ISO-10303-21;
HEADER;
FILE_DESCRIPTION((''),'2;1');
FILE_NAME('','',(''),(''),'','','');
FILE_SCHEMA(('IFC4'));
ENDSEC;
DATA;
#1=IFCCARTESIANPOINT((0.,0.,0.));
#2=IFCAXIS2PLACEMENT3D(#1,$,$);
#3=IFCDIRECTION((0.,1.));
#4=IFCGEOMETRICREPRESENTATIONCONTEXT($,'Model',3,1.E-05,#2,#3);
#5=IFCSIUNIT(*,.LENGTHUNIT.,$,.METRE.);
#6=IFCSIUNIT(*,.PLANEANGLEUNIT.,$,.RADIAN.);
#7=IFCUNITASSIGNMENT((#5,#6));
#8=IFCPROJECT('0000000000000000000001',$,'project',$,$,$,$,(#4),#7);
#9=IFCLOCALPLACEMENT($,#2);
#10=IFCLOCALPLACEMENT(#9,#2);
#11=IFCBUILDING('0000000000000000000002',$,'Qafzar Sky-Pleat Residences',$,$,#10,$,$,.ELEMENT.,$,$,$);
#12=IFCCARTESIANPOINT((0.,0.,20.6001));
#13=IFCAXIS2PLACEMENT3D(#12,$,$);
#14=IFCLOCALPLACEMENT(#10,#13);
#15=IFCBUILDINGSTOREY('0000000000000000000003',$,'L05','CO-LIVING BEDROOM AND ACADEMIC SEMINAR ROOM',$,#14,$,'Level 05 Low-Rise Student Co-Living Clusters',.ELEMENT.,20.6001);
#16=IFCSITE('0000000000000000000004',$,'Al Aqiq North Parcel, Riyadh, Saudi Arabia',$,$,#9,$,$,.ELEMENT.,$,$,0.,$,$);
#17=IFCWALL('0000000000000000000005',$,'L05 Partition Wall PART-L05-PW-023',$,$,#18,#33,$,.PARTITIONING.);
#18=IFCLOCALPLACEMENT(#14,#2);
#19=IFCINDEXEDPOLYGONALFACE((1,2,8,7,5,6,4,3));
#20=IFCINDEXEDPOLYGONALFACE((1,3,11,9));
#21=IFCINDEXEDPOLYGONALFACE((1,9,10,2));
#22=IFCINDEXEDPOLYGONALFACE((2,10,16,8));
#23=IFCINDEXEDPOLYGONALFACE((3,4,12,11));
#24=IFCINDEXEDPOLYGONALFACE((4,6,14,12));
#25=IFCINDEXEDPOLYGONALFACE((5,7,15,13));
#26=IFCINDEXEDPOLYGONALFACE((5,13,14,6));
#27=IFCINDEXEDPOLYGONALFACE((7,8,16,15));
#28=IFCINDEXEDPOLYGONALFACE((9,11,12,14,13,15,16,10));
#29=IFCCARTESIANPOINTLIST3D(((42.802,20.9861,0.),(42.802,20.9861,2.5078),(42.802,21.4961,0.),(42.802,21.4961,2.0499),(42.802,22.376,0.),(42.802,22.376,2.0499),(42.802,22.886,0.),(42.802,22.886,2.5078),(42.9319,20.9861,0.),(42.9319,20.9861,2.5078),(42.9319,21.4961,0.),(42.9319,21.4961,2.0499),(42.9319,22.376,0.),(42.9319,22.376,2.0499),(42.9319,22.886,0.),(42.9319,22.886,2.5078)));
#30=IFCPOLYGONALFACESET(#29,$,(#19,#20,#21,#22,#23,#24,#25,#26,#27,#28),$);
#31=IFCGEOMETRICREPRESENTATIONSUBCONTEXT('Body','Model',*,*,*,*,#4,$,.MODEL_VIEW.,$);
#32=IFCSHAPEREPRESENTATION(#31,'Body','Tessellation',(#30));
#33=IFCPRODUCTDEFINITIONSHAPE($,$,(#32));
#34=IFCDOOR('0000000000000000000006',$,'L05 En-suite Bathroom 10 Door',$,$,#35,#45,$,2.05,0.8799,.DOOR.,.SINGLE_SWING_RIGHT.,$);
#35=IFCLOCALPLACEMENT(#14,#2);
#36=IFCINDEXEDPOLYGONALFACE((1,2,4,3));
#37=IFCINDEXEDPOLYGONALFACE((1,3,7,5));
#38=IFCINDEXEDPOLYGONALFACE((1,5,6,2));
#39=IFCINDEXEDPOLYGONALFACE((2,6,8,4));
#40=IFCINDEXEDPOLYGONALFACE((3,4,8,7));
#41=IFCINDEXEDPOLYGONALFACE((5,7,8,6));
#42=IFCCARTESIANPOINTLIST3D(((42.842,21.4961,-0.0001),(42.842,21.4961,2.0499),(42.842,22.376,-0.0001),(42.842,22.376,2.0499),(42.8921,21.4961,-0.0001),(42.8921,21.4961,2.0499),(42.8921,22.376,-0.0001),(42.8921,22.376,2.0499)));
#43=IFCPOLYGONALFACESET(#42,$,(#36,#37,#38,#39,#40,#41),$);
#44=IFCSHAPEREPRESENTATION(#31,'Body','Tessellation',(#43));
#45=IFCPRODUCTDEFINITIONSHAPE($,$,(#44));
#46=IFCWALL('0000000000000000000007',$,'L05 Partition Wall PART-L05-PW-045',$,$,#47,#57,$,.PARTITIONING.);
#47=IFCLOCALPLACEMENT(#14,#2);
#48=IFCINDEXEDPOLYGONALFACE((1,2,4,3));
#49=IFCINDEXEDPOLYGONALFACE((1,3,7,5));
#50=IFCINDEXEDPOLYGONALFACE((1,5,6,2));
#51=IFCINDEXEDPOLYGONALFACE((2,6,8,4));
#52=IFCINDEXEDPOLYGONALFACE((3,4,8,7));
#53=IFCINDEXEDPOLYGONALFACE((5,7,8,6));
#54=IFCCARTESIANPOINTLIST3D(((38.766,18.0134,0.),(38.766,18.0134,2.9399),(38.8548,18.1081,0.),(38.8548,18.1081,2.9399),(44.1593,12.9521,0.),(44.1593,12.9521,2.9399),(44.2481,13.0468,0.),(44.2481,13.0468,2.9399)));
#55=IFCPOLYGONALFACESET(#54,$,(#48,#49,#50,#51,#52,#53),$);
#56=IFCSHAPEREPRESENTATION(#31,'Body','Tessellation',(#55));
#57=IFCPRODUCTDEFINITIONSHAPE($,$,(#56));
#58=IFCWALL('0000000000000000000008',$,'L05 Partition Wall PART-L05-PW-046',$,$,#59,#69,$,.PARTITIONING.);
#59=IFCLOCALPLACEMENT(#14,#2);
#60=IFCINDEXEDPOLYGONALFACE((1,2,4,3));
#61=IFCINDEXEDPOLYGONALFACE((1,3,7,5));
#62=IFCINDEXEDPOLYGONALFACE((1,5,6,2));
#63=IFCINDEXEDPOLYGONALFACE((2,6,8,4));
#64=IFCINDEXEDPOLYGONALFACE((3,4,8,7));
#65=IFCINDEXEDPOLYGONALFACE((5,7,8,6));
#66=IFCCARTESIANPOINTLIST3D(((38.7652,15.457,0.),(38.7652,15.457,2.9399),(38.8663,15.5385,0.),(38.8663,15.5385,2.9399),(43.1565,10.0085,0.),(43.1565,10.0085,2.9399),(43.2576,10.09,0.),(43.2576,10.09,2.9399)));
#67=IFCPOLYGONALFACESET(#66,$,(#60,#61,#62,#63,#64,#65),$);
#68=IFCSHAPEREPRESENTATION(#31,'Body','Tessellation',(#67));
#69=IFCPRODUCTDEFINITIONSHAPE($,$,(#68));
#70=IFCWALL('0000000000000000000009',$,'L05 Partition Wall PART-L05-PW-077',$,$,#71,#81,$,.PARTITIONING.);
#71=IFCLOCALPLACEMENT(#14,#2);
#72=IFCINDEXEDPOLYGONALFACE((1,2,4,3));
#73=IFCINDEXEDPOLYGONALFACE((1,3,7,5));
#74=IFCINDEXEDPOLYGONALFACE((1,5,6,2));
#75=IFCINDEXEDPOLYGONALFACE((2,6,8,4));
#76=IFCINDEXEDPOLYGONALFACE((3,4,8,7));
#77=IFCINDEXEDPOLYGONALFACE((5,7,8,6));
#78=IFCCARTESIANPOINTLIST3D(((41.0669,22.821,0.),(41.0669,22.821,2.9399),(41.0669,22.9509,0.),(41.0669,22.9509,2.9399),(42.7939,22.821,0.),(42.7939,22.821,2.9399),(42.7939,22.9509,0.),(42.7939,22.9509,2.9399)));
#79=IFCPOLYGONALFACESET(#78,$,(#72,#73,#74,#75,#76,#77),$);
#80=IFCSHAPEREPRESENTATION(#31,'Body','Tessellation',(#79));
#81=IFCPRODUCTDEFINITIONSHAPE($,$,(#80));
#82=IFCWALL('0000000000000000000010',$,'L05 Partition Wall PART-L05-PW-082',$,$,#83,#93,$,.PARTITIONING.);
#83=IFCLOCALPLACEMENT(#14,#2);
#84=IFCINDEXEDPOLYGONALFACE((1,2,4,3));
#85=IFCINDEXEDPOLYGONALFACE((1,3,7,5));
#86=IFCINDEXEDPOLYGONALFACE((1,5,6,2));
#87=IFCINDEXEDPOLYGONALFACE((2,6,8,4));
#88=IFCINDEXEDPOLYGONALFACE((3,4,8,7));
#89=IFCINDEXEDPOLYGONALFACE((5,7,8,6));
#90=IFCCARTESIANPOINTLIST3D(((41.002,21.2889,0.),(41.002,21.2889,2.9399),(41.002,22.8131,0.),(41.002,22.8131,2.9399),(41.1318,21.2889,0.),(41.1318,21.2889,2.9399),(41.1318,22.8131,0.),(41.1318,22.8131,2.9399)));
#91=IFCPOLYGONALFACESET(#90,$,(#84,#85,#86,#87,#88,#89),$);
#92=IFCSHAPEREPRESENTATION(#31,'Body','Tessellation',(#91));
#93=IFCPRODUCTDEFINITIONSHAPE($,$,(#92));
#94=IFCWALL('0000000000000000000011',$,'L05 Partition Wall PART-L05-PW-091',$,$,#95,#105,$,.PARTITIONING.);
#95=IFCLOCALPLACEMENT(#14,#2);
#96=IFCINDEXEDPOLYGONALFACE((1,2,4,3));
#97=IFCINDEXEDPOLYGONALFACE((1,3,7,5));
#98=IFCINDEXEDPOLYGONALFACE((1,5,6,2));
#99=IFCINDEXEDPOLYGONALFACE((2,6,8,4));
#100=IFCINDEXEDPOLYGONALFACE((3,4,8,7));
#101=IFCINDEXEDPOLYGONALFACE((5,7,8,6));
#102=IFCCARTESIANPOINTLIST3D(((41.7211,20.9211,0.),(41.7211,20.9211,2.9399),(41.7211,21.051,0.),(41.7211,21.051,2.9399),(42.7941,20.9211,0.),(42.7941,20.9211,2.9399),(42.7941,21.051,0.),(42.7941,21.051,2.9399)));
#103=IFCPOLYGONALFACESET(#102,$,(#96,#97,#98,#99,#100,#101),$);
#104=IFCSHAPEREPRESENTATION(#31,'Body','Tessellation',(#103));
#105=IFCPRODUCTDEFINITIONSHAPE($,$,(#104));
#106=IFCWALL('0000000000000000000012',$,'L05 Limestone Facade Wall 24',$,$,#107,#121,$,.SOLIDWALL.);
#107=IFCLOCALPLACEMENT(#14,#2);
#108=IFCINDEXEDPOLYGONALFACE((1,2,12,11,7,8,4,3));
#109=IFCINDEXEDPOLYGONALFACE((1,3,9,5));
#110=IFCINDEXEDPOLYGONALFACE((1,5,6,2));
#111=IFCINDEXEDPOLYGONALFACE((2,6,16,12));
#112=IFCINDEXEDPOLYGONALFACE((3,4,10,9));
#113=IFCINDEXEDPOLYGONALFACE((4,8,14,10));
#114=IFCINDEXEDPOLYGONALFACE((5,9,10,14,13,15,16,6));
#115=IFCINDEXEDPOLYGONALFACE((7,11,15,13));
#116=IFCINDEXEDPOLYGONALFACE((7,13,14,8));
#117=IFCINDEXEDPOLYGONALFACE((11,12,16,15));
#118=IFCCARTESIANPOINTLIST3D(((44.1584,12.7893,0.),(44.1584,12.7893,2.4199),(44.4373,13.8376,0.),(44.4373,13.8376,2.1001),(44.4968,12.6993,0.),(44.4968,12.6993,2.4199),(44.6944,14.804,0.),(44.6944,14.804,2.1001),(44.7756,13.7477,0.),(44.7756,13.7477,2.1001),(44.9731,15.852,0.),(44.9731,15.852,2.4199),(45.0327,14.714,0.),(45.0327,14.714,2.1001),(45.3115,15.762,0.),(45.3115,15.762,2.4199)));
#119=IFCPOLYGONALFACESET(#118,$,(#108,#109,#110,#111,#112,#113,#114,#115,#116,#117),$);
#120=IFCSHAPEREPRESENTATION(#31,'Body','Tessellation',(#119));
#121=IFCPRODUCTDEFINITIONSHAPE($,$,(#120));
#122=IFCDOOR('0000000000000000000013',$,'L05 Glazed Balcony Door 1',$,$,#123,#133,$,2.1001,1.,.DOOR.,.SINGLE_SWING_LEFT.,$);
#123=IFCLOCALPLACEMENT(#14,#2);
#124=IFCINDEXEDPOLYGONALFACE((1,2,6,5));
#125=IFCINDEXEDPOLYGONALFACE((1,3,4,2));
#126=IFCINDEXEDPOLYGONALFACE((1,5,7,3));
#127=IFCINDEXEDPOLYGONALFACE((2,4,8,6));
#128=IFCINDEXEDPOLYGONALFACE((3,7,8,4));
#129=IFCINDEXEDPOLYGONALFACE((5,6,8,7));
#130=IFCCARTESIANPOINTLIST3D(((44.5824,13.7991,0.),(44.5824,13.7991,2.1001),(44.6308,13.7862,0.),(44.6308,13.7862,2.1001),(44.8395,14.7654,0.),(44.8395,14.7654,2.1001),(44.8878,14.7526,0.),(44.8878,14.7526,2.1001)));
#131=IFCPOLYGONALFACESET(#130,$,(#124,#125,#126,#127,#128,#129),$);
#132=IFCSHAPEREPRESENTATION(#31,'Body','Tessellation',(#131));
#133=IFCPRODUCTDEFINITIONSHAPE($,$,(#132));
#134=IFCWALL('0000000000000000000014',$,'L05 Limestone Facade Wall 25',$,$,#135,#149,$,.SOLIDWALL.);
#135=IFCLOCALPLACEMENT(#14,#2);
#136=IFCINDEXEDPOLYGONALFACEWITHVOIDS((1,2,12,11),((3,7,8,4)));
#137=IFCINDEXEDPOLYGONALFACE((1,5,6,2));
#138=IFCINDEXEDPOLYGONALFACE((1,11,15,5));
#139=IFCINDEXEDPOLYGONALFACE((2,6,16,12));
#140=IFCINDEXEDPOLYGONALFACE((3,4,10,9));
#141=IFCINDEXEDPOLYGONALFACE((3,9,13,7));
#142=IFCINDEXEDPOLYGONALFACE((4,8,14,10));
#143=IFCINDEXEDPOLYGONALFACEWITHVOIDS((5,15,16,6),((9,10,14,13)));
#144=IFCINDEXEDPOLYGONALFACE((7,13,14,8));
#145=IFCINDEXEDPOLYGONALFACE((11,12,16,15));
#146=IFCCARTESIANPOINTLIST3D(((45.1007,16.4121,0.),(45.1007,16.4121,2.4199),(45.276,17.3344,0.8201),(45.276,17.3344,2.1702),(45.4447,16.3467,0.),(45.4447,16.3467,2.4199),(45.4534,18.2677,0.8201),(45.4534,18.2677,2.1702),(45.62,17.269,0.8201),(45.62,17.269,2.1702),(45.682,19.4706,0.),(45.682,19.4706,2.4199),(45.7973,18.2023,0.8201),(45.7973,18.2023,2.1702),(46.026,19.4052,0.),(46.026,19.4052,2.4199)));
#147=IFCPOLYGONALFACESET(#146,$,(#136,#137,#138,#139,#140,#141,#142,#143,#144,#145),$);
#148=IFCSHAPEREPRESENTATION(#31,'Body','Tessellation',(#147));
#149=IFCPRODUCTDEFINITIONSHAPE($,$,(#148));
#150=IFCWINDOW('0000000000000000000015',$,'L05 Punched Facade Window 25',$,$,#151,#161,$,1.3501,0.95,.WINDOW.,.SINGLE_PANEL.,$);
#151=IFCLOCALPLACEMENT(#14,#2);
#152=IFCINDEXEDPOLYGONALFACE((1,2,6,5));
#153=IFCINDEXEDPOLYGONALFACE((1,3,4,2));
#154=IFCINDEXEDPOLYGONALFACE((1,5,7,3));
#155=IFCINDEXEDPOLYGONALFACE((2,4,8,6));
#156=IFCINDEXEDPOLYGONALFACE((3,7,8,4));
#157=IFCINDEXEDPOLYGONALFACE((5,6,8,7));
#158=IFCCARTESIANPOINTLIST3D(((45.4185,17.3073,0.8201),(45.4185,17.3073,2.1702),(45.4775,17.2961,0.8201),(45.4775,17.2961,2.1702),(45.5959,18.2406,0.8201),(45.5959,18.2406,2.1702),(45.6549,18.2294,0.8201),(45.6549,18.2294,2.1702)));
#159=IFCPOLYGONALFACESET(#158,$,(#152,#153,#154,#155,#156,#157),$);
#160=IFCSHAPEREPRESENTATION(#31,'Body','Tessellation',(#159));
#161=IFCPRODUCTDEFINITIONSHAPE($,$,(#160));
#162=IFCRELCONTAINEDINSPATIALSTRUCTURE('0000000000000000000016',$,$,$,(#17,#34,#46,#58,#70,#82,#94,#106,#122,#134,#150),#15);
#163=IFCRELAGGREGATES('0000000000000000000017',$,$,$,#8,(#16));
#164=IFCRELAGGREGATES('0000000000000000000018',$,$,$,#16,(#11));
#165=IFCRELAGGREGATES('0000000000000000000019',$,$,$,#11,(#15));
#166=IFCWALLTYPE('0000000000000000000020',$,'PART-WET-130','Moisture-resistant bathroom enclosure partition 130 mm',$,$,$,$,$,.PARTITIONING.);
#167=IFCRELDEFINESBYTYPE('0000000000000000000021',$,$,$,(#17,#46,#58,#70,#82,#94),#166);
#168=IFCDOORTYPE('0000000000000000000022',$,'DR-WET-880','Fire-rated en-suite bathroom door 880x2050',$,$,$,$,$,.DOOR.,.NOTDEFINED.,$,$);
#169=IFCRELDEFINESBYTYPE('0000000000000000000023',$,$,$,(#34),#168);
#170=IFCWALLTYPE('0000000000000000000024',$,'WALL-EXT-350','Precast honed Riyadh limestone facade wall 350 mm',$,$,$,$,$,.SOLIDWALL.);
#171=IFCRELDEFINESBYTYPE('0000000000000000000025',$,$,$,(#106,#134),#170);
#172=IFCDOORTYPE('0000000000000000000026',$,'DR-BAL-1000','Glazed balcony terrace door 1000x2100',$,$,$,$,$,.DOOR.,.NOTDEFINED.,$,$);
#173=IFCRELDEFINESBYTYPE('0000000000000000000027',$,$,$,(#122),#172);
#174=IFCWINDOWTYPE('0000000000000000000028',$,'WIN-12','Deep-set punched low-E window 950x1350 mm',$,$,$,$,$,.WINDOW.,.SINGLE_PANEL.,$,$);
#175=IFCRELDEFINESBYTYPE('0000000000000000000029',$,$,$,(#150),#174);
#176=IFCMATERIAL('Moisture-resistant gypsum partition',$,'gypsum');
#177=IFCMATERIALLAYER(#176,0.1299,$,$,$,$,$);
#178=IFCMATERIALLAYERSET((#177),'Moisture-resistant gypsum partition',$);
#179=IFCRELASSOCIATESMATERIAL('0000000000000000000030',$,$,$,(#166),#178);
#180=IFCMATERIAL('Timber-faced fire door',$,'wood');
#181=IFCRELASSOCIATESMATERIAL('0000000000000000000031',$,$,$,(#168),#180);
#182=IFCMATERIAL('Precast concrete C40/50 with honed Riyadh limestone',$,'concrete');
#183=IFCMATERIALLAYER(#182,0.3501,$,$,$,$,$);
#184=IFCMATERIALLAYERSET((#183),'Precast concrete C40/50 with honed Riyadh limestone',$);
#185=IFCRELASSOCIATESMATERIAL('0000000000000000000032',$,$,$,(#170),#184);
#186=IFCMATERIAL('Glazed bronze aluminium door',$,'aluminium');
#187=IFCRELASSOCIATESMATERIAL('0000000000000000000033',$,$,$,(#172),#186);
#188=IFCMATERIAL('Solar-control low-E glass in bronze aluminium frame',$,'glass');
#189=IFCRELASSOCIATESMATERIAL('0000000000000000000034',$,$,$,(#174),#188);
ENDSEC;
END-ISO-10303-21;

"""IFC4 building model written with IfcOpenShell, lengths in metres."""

from ifc_helpers import new_model, si_unit, direction, frame, frame_2d, origin, place, context, subcontext, project, spatial, rectangle, extrude, source, transform, mapped, material, layer, layer_set, type_object, element, fill, save


model = new_model("IFC4")

# Units and contexts
model_context = context("Model", 3, precision=1e-05, world=origin(), true_north=direction((0.0, 1.0)))
body_context = subcontext(model_context, "Body", "Model", "MODEL_VIEW")
ifc_project = project(units=[si_unit("LENGTHUNIT", "METRE"), si_unit("PLANEANGLEUNIT", "RADIAN")], contexts=[model_context])

# Site, building, storey
site_placement = place(None, origin())
site = spatial("IfcSite", under=ifc_project, at=site_placement, Name="Al Aqiq North Parcel, Riyadh, Saudi Arabia", CompositionType="ELEMENT", RefElevation=0.0)
building_placement = place(site_placement, origin())
building = spatial("IfcBuilding", under=site, at=building_placement, Name="Qafzar Sky-Pleat Residences", CompositionType="ELEMENT")
storey_placement = place(building_placement, frame((0.0, 0.0, 20.6001)))
storey = spatial("IfcBuildingStorey", under=building, at=storey_placement, Name="L05", Description="CO-LIVING BEDROOM AND ACADEMIC SEMINAR ROOM", LongName="Level 05 Low-Rise Student Co-Living Clusters", CompositionType="ELEMENT", Elevation=20.6001)

# Wall, opening, door
ifc_material_1 = material(Name="Moisture-resistant gypsum partition", Category="gypsum")
ifc_layer_1 = layer(ifc_material_1, 0.1299)
ifc_layer_set_1 = layer_set([ifc_layer_1], Name="Moisture-resistant gypsum partition")
wall_type_1 = type_object("IfcWallType", Name="PART-WET-130", Description="Moisture-resistant bathroom enclosure partition 130 mm", PredefinedType="PARTITIONING", material=ifc_layer_set_1)
wall_1_placement = place(storey_placement, frame((42.8669, 20.9861, 0.0), z_axis=(0.0, 0.0, 1.0), x_axis=(0.0, 1.0, 0.0)))
wall_1 = element("IfcWall", 1, at=wall_1_placement, inside=storey, type_object=wall_type_1, Name="L05 Partition Wall PART-L05-PW-023", PredefinedType="PARTITIONING", context=body_context, shape_type="SweptSolid", body=[
    extrude(rectangle(XDim=1.8999, YDim=0.1299, at=frame_2d((0.95, 0.0))), origin(), (0.0, 0.0, 1.0), 2.5078),
])
opening_1_placement = place(wall_1_placement, frame((0.51, 0.0, 0.0)))
opening_1 = element("IfcOpeningElement", 2, at=opening_1_placement, cuts=wall_1, PredefinedType="OPENING", context=body_context, shape_type="SweptSolid", body=[
    extrude(rectangle(XDim=0.8799, YDim=2.05, at=frame_2d((0.4399, 1.0249))), frame((0.0, 0.075, 0.0), z_axis=(0.0, -1.0, 0.0), x_axis=(1.0, 0.0, 0.0)), (0.0, 0.0, 1.0), 0.1499),
])
ifc_material_2 = material(Name="Timber-faced fire door", Category="wood")
door_type_1 = type_object("IfcDoorType", Name="DR-WET-880", Description="Fire-rated en-suite bathroom door 880x2050", OperationType="NOTDEFINED", PredefinedType="DOOR", material=ifc_material_2)
shared_shape_1 = source(origin(), body_context, "Body", "SweptSolid", [
    extrude(rectangle(XDim=0.8799, YDim=2.05, at=frame_2d((0.4399, 1.0249))), frame((0.0, 0.0249, 0.0), z_axis=(0.0, -1.0, 0.0), x_axis=(1.0, 0.0, 0.0)), (0.0, 0.0, 1.0), 0.05),
])
door_1_placement = place(opening_1_placement, origin())
door_1 = element("IfcDoor", 3, at=door_1_placement, inside=storey, type_object=door_type_1, Name="L05 En-suite Bathroom 10 Door", OperationType="SINGLE_SWING_RIGHT", OverallHeight=2.05, OverallWidth=0.8799, PredefinedType="DOOR", context=body_context, shape_type="MappedRepresentation", body=[
    mapped(shared_shape_1, transform((0.0, 0.0, 0.0), x_axis=(1.0, 0.0, 0.0), y_axis=(0.0, 1.0, 0.0), z_axis=(0.0, 0.0, 1.0), scale=1.0)),
])
fill(opening_1, door_1)

# Walls
wall_2_placement = place(storey_placement, frame((38.8103, 18.0608, 0.0), z_axis=(0.0, 0.0, 1.0), x_axis=(0.729196, -0.684304, 0.0)))
element("IfcWall", 4, at=wall_2_placement, inside=storey, type_object=wall_type_1, Name="L05 Partition Wall PART-L05-PW-045", PredefinedType="PARTITIONING", context=body_context, shape_type="SweptSolid", body=[
    extrude(rectangle(XDim=7.3962, YDim=0.1299, at=frame_2d((3.6982, 0.0))), origin(), (0.0, 0.0, 1.0), 2.9399),
])
wall_3_placement = place(storey_placement, frame((38.8157, 15.4978, 0.0), z_axis=(0.0, 0.0, 1.0), x_axis=(0.627529, -0.778593, 0.0)))
element("IfcWall", 5, at=wall_3_placement, inside=storey, type_object=wall_type_1, Name="L05 Partition Wall PART-L05-PW-046", PredefinedType="PARTITIONING", context=body_context, shape_type="SweptSolid", body=[
    extrude(rectangle(XDim=6.9978, YDim=0.1299, at=frame_2d((3.499, 0.0))), origin(), (0.0, 0.0, 1.0), 2.9399),
])
wall_4_placement = place(storey_placement, frame((41.0669, 22.886, 0.0), z_axis=(0.0, 0.0, 1.0), x_axis=(1.0, 0.0, 0.0)))
element("IfcWall", 6, at=wall_4_placement, inside=storey, type_object=wall_type_1, Name="L05 Partition Wall PART-L05-PW-077", PredefinedType="PARTITIONING", context=body_context, shape_type="SweptSolid", body=[
    extrude(rectangle(XDim=1.7271, YDim=0.1299, at=frame_2d((0.8635, 0.0))), origin(), (0.0, 0.0, 1.0), 2.9399),
])
wall_5_placement = place(storey_placement, frame((41.0669, 21.2888, 0.0), z_axis=(0.0, 0.0, 1.0), x_axis=(0.0, 1.0, 0.0)))
element("IfcWall", 7, at=wall_5_placement, inside=storey, type_object=wall_type_1, Name="L05 Partition Wall PART-L05-PW-082", PredefinedType="PARTITIONING", context=body_context, shape_type="SweptSolid", body=[
    extrude(rectangle(XDim=1.5242, YDim=0.1299, at=frame_2d((0.7622, 0.0))), origin(), (0.0, 0.0, 1.0), 2.9399),
])
wall_6_placement = place(storey_placement, frame((41.7209, 20.9861, 0.0), z_axis=(0.0, 0.0, 1.0), x_axis=(1.0, 0.0, 0.0)))
element("IfcWall", 8, at=wall_6_placement, inside=storey, type_object=wall_type_1, Name="L05 Partition Wall PART-L05-PW-091", PredefinedType="PARTITIONING", context=body_context, shape_type="SweptSolid", body=[
    extrude(rectangle(XDim=1.073, YDim=0.1299, at=frame_2d((0.5366, 0.0))), origin(), (0.0, 0.0, 1.0), 2.9399),
])

# Wall, opening, door
ifc_material_3 = material(Name="Precast concrete C40/50 with honed Riyadh limestone", Category="concrete")
ifc_layer_2 = layer(ifc_material_3, 0.3501)
ifc_layer_set_2 = layer_set([ifc_layer_2], Name="Precast concrete C40/50 with honed Riyadh limestone")
wall_type_2 = type_object("IfcWallType", Name="WALL-EXT-350", Description="Precast honed Riyadh limestone facade wall 350 mm", PredefinedType="SOLIDWALL", material=ifc_layer_set_2)
wall_7_placement = place(storey_placement, frame((44.3276, 12.7444, 0.0), z_axis=(0.0, 0.0, 1.0), x_axis=(0.257063, 0.966395, 0.0)))
wall_7 = element("IfcWall", 9, at=wall_7_placement, inside=storey, type_object=wall_type_2, Name="L05 Limestone Facade Wall 24", PredefinedType="SOLIDWALL", context=body_context, shape_type="SweptSolid", body=[
    extrude(rectangle(XDim=3.1692, YDim=0.3501, at=frame_2d((1.5845, 0.0))), origin(), (0.0, 0.0, 1.0), 2.4199),
])
opening_2_placement = place(wall_7_placement, frame((1.0847, 0.0, 0.0)))
opening_2 = element("IfcOpeningElement", 10, at=opening_2_placement, cuts=wall_7, PredefinedType="OPENING", context=body_context, shape_type="SweptSolid", body=[
    extrude(rectangle(XDim=1.0, YDim=2.1001, at=frame_2d((0.5, 1.05))), frame((0.0, 0.1851, 0.0), z_axis=(0.0, -1.0, 0.0), x_axis=(1.0, 0.0, 0.0)), (0.0, 0.0, 1.0), 0.3701),
])
ifc_material_4 = material(Name="Glazed bronze aluminium door", Category="aluminium")
door_type_2 = type_object("IfcDoorType", Name="DR-BAL-1000", Description="Glazed balcony terrace door 1000x2100", OperationType="NOTDEFINED", PredefinedType="DOOR", material=ifc_material_4)
shared_shape_2 = source(origin(), body_context, "Body", "SweptSolid", [
    extrude(rectangle(XDim=1.0, YDim=2.1001, at=frame_2d((0.5, 1.05))), frame((0.0, 0.0249, 0.0), z_axis=(0.0, -1.0, 0.0), x_axis=(1.0, 0.0, 0.0)), (0.0, 0.0, 1.0), 0.05),
])
door_2_placement = place(opening_2_placement, origin())
door_2 = element("IfcDoor", 11, at=door_2_placement, inside=storey, type_object=door_type_2, Name="L05 Glazed Balcony Door 1", OperationType="SINGLE_SWING_LEFT", OverallHeight=2.1001, OverallWidth=1.0, PredefinedType="DOOR", context=body_context, shape_type="MappedRepresentation", body=[
    mapped(shared_shape_2, transform((0.0, 0.0, 0.0), x_axis=(1.0, 0.0, 0.0), y_axis=(0.0, 1.0, 0.0), z_axis=(0.0, 0.0, 1.0), scale=1.0)),
])
fill(opening_2, door_2)

# Wall, opening, window
wall_8_placement = place(storey_placement, frame((45.2727, 16.3794, 0.0), z_axis=(0.0, 0.0, 1.0), x_axis=(0.186712, 0.982415, 0.0)))
wall_8 = element("IfcWall", 12, at=wall_8_placement, inside=storey, type_object=wall_type_2, Name="L05 Limestone Facade Wall 25", PredefinedType="SOLIDWALL", context=body_context, shape_type="SweptSolid", body=[
    extrude(rectangle(XDim=3.1133, YDim=0.3501, at=frame_2d((1.5566, 0.0))), origin(), (0.0, 0.0, 1.0), 2.4199),
])
opening_3_placement = place(wall_8_placement, frame((0.9387, 0.0, 0.8201)))
opening_3 = element("IfcOpeningElement", 13, at=opening_3_placement, cuts=wall_8, PredefinedType="OPENING", context=body_context, shape_type="SweptSolid", body=[
    extrude(rectangle(XDim=0.95, YDim=1.3501, at=frame_2d((0.4751, 0.675))), frame((0.0, 0.1851, 0.0), z_axis=(0.0, -1.0, 0.0), x_axis=(1.0, 0.0, 0.0)), (0.0, 0.0, 1.0), 0.3701),
])
ifc_material_5 = material(Name="Solar-control low-E glass in bronze aluminium frame", Category="glass")
window_type_1 = type_object("IfcWindowType", Name="WIN-12", Description="Deep-set punched low-E window 950x1350 mm", PartitioningType="SINGLE_PANEL", PredefinedType="WINDOW", material=ifc_material_5)
shared_shape_3 = source(origin(), body_context, "Body", "SweptSolid", [
    extrude(rectangle(XDim=0.95, YDim=1.3501, at=frame_2d((0.4751, 0.675))), frame((0.0, 0.03, 0.0), z_axis=(0.0, -1.0, 0.0), x_axis=(1.0, 0.0, 0.0)), (0.0, 0.0, 1.0), 0.0601),
])
window_1_placement = place(opening_3_placement, origin())
window_1 = element("IfcWindow", 14, at=window_1_placement, inside=storey, type_object=window_type_1, Name="L05 Punched Facade Window 25", OverallHeight=1.3501, OverallWidth=0.95, PartitioningType="SINGLE_PANEL", PredefinedType="WINDOW", context=body_context, shape_type="MappedRepresentation", body=[
    mapped(shared_shape_3, transform((0.0, 0.0, 0.0), x_axis=(1.0, 0.0, 0.0), y_axis=(0.0, 1.0, 0.0), z_axis=(0.0, 0.0, 1.0), scale=1.0)),
])
fill(opening_3, window_1)

save(model, "model.ifc")
